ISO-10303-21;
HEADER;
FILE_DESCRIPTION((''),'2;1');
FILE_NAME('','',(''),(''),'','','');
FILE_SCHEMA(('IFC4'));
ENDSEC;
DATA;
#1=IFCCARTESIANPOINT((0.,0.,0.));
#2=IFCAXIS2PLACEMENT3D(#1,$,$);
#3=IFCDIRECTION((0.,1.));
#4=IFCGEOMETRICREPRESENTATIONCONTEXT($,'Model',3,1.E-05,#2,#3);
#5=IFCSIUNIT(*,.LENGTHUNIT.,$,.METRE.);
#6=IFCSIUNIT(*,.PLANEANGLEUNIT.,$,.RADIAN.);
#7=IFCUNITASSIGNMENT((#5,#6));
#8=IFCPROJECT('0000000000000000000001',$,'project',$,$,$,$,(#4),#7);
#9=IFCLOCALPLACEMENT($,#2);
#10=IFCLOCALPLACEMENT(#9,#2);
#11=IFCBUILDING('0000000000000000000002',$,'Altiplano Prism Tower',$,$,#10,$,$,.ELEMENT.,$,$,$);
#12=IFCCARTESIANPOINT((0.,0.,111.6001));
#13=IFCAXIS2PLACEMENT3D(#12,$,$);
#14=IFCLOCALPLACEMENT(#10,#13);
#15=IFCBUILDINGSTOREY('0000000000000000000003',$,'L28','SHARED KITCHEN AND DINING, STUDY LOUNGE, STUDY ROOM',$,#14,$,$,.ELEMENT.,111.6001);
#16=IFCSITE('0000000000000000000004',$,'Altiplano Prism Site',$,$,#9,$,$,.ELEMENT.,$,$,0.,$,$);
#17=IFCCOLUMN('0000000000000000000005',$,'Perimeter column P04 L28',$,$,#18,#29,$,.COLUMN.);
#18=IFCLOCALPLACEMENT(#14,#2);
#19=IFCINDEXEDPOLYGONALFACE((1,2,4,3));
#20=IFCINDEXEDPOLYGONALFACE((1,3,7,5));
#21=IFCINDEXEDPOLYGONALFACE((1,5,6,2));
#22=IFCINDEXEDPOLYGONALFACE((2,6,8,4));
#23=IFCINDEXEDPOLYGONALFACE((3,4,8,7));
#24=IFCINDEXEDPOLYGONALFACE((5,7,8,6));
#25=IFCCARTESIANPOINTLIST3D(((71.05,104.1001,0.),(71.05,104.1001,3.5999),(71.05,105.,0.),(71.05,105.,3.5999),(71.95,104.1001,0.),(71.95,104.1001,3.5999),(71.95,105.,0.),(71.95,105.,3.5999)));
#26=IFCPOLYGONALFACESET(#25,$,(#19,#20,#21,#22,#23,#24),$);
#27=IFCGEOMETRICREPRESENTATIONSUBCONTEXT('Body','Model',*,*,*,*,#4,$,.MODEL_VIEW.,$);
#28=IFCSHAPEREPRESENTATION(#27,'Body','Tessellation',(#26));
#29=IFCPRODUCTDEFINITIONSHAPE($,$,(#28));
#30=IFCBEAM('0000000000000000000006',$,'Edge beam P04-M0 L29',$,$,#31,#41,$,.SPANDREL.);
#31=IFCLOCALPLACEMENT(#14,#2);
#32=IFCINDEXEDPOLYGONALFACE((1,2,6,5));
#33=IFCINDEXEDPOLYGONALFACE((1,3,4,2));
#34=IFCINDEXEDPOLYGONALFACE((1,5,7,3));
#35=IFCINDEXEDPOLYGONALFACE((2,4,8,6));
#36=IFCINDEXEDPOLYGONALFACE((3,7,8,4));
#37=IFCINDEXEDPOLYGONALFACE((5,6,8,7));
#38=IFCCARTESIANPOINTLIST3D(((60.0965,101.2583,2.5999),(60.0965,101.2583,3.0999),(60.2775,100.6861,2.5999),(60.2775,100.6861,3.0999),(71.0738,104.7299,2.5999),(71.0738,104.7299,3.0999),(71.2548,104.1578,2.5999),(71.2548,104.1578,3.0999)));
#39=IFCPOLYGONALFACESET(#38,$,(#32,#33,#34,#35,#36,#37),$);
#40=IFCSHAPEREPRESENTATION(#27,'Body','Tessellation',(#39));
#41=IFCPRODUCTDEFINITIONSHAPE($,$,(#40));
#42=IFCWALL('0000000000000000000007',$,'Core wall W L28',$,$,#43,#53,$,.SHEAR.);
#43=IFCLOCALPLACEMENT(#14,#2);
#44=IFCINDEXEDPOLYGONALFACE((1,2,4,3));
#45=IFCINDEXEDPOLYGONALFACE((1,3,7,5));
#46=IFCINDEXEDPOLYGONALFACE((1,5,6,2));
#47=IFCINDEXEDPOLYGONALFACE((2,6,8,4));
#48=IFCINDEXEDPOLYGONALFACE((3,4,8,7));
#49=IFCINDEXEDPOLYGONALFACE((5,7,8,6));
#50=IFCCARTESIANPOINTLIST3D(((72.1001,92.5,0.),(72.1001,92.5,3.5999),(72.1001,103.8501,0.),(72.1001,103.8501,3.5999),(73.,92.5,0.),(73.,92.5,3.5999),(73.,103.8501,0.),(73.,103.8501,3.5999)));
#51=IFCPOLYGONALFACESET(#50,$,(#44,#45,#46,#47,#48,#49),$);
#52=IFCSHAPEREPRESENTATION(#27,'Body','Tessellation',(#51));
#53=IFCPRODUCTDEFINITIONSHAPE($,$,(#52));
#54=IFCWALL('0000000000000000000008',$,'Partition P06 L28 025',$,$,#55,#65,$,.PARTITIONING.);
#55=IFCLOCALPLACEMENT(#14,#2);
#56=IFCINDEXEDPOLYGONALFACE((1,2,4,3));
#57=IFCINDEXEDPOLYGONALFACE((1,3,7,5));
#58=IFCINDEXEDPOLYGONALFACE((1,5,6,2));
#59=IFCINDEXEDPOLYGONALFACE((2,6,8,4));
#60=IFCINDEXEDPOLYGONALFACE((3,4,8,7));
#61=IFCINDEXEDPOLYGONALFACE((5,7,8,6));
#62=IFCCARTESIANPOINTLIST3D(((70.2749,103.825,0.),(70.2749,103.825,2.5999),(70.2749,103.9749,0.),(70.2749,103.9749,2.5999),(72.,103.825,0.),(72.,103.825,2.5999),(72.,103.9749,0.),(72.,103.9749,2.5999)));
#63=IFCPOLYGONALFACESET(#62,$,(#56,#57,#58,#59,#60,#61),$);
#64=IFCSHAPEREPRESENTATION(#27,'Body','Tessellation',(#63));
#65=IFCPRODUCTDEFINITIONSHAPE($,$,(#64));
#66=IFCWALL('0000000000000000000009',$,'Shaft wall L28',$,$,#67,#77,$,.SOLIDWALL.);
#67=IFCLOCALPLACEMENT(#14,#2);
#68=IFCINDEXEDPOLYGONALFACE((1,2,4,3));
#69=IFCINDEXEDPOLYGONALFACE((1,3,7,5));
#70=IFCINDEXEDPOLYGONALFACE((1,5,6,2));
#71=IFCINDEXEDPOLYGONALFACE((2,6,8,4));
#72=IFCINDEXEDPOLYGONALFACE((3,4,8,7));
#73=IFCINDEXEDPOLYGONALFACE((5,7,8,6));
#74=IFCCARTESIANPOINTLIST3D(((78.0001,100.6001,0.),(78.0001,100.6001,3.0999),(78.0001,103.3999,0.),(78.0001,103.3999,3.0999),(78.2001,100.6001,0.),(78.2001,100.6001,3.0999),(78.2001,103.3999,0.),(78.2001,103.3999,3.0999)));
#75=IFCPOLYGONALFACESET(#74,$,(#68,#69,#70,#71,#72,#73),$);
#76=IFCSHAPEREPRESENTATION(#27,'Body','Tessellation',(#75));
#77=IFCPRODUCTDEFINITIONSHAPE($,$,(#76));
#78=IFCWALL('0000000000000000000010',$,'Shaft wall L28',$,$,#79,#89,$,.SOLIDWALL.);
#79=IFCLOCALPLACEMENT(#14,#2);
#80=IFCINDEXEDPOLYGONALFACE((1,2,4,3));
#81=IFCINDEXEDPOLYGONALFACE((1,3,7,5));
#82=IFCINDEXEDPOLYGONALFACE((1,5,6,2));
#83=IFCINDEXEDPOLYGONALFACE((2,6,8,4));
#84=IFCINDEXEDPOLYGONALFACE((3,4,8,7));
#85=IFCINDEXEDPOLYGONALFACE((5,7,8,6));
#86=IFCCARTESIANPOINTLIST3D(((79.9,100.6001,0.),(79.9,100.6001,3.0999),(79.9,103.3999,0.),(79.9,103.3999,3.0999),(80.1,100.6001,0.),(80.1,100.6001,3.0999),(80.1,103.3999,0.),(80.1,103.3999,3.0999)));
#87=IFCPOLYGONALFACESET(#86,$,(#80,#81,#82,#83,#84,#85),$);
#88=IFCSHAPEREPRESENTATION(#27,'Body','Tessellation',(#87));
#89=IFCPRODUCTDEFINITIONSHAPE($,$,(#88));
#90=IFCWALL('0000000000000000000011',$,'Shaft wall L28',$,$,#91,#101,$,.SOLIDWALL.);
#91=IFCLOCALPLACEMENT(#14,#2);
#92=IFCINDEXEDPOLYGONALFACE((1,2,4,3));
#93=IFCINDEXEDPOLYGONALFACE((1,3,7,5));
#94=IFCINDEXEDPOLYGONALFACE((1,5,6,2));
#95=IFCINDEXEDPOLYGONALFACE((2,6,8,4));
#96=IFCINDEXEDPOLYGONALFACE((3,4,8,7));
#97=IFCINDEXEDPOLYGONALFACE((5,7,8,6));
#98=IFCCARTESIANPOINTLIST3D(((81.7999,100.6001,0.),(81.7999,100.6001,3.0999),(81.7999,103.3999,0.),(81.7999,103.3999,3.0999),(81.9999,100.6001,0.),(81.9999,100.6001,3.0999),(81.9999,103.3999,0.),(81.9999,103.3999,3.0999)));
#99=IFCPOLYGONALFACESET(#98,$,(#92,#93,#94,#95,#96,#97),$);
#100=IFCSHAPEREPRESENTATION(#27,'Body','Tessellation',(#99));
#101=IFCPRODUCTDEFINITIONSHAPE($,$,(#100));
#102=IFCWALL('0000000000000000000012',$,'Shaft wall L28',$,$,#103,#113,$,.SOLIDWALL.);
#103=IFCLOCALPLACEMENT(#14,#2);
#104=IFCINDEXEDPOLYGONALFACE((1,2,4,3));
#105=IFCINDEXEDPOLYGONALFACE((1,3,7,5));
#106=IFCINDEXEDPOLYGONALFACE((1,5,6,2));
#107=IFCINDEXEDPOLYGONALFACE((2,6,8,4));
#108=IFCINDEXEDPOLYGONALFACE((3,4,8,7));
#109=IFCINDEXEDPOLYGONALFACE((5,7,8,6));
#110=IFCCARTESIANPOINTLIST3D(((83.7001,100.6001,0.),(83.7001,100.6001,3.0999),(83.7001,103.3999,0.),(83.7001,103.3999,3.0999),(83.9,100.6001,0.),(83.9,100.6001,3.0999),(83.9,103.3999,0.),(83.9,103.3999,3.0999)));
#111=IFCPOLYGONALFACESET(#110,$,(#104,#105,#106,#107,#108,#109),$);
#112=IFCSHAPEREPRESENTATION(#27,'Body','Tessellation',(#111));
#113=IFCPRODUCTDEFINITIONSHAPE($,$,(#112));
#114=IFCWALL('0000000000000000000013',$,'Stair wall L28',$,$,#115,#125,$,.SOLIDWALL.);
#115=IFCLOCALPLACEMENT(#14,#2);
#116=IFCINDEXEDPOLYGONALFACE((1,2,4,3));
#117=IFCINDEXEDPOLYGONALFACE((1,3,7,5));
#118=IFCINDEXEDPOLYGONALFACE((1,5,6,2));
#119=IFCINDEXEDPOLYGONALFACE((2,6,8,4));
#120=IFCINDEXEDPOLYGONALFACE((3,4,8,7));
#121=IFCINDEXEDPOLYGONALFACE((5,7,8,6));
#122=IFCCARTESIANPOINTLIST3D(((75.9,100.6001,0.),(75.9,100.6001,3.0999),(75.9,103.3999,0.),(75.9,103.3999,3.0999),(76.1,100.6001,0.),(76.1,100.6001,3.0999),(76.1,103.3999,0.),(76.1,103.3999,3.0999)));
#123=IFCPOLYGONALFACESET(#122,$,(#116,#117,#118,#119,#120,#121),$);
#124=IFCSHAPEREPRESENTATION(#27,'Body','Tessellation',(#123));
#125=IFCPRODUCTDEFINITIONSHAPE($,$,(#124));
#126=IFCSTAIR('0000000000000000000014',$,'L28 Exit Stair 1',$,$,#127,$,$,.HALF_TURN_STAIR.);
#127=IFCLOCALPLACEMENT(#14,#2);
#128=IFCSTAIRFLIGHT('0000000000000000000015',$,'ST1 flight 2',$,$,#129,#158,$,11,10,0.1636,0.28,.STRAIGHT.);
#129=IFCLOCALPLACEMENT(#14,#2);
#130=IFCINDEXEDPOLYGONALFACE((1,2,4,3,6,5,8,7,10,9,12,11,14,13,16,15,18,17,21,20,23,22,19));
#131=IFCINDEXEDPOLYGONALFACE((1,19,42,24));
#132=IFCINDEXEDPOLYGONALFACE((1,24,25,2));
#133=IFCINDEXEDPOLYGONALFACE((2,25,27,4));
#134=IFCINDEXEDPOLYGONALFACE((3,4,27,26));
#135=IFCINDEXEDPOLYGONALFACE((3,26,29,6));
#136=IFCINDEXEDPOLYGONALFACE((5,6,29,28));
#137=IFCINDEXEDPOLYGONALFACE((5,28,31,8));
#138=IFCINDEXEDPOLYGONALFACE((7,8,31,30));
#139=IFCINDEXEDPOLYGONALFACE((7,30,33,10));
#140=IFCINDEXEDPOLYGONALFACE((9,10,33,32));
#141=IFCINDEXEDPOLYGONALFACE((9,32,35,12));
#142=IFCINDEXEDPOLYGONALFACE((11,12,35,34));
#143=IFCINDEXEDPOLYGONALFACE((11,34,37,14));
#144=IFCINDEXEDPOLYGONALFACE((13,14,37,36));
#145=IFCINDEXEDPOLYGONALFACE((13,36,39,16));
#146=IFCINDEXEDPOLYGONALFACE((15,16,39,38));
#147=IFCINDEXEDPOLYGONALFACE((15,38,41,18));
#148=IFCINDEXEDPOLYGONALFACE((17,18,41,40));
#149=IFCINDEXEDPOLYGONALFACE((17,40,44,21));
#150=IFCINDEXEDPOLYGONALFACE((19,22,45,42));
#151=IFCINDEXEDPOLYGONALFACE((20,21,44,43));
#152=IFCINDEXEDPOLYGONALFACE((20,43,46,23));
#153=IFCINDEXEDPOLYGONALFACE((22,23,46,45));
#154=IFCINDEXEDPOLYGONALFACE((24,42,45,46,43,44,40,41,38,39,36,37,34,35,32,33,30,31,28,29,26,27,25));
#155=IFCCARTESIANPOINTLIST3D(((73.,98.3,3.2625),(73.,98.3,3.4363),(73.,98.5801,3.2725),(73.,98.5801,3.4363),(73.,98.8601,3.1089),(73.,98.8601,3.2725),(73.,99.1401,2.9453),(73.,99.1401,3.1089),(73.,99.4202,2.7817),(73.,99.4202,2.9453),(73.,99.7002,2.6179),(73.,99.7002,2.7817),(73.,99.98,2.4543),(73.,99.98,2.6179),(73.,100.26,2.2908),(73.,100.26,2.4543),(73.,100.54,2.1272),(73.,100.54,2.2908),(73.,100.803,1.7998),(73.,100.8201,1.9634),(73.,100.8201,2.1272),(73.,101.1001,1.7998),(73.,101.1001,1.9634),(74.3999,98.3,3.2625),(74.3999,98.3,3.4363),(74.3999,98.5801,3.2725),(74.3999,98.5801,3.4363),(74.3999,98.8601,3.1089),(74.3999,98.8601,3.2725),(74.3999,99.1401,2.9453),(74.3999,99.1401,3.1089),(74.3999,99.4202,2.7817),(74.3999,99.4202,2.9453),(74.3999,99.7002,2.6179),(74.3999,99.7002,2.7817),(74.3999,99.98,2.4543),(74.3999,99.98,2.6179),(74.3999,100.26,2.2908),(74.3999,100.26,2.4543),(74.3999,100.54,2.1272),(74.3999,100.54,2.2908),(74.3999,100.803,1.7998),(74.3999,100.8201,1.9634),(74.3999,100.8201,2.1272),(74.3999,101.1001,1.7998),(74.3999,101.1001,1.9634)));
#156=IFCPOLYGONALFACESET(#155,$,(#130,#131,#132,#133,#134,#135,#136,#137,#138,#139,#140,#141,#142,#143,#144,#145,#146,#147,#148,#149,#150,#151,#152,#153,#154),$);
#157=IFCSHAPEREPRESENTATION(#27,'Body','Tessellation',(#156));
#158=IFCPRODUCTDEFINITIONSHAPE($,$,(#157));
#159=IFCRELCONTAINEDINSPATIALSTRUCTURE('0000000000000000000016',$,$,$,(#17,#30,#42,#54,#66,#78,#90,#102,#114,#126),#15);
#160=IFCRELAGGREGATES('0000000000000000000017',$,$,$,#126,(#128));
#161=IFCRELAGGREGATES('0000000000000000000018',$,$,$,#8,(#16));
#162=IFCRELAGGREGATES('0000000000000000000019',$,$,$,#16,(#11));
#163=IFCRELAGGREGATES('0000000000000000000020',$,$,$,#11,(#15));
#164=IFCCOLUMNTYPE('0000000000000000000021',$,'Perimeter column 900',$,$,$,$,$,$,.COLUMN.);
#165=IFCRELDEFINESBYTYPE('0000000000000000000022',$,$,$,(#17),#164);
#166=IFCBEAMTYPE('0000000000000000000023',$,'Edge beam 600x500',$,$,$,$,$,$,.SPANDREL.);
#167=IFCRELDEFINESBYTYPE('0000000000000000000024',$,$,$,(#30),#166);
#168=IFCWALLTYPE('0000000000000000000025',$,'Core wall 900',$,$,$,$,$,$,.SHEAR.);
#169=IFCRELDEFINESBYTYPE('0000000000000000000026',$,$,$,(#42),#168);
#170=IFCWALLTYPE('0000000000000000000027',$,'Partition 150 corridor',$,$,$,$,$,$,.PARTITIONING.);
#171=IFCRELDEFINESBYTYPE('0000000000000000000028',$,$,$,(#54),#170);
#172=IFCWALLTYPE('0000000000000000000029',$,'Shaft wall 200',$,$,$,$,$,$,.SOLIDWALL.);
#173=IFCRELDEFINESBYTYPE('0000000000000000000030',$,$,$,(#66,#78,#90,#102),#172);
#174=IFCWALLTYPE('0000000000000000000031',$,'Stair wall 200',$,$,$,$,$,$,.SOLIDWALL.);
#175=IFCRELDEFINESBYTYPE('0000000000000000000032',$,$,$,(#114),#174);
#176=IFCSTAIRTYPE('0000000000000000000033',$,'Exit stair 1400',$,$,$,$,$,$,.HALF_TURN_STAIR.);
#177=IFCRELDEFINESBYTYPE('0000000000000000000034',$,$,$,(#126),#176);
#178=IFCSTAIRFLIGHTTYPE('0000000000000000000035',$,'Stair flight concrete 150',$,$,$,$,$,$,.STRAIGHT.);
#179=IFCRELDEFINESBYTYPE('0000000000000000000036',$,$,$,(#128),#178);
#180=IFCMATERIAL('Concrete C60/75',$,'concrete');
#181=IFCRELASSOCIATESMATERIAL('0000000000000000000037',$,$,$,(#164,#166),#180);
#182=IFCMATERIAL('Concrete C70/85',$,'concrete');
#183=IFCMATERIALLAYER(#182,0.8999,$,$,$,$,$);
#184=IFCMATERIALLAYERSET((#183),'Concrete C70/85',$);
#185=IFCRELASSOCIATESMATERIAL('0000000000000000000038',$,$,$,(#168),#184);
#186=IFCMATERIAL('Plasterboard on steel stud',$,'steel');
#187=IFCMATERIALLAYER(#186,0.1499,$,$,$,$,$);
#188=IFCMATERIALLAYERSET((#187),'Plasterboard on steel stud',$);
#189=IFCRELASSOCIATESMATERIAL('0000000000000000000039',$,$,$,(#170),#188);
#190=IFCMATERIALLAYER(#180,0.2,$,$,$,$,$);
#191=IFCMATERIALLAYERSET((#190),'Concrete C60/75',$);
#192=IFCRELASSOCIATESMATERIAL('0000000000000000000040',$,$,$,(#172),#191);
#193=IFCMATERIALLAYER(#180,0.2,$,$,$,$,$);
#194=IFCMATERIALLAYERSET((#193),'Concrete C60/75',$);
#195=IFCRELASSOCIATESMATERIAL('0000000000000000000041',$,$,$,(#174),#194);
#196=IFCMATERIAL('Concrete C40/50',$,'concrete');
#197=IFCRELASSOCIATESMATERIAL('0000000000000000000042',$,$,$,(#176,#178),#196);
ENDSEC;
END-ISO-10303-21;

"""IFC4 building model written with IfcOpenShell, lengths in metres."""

from ifc_helpers import new_model, si_unit, direction, frame, frame_2d, origin, origin_2d, place, context, subcontext, project, spatial, polyline, rectangle, outline, extrude, material, layer, layer_set, material_profile, profile_set, type_object, element, aggregate, save


model = new_model("IFC4")

# Units and contexts
model_context = context("Model", 3, precision=1e-05, world=origin(), true_north=direction((0.0, 1.0)))
body_context = subcontext(model_context, "Body", "Model", "MODEL_VIEW")
ifc_project = project(units=[si_unit("LENGTHUNIT", "METRE"), si_unit("PLANEANGLEUNIT", "RADIAN")], contexts=[model_context])

# Site, building, storey
site_placement = place(None, origin())
site = spatial("IfcSite", under=ifc_project, at=site_placement, Name="Altiplano Prism Site", CompositionType="ELEMENT", RefElevation=0.0)
building_placement = place(site_placement, origin())
building = spatial("IfcBuilding", under=site, at=building_placement, Name="Altiplano Prism Tower", CompositionType="ELEMENT")
storey_placement = place(building_placement, frame((0.0, 0.0, 111.6001)))
storey = spatial("IfcBuildingStorey", under=building, at=storey_placement, Name="L28", Description="SHARED KITCHEN AND DINING, STUDY LOUNGE, STUDY ROOM", CompositionType="ELEMENT", Elevation=111.6001)

# Column
ifc_material_1 = material(Name="Concrete C60/75", Category="concrete")
ifc_material_profile_1 = material_profile(ifc_material_1, rectangle(XDim=0.8999, YDim=0.8999, at=origin_2d()), Name="Perimeter column 900")
ifc_profile_set_1 = profile_set([ifc_material_profile_1], Name="Concrete C60/75")
column_type = type_object("IfcColumnType", Name="Perimeter column 900", PredefinedType="COLUMN", material=ifc_profile_set_1)
column_placement = place(storey_placement, frame((71.5, 104.55, 0.0), z_axis=(0.0, 0.0, 1.0), x_axis=(1.0, 0.0, 0.0)))
element("IfcColumn", 1, at=column_placement, inside=storey, type_object=column_type, Name="Perimeter column P04 L28", PredefinedType="COLUMN", context=body_context, shape_type="SweptSolid", body=[
    extrude(rectangle(XDim=0.8999, YDim=0.8999, at=origin_2d()), origin(), (0.0, 0.0, 1.0), 3.5999),
])

# Beam
ifc_material_profile_2 = material_profile(ifc_material_1, rectangle(XDim=0.6001, YDim=0.5, at=origin_2d()), Name="Edge beam 600x500")
ifc_profile_set_2 = profile_set([ifc_material_profile_2], Name="Concrete C60/75")
beam_type = type_object("IfcBeamType", Name="Edge beam 600x500", PredefinedType="SPANDREL", material=ifc_profile_set_2)
beam_placement = place(storey_placement, frame((71.1643, 104.4438, 2.8499), z_axis=(-0.953454, -0.301539, 0.0), x_axis=(0.301539, -0.953454, 0.0)))
element("IfcBeam", 2, at=beam_placement, inside=storey, type_object=beam_type, Name="Edge beam P04-M0 L29", PredefinedType="SPANDREL", context=body_context, shape_type="SweptSolid", body=[
    extrude(rectangle(XDim=0.6001, YDim=0.5, at=origin_2d()), origin(), (0.0, 0.0, 1.0), 11.5132),
])

# Walls
ifc_material_2 = material(Name="Concrete C70/85", Category="concrete")
ifc_layer_1 = layer(ifc_material_2, 0.8999)
ifc_layer_set_1 = layer_set([ifc_layer_1], Name="Concrete C70/85")
wall_type_1 = type_object("IfcWallType", Name="Core wall 900", PredefinedType="SHEAR", material=ifc_layer_set_1)
wall_1_placement = place(storey_placement, frame((72.55, 103.8501, 0.0), z_axis=(0.0, 0.0, 1.0), x_axis=(0.0, -1.0, 0.0)))
element("IfcWall", 3, at=wall_1_placement, inside=storey, type_object=wall_type_1, Name="Core wall W L28", PredefinedType="SHEAR", context=body_context, shape_type="SweptSolid", body=[
    extrude(rectangle(XDim=11.3501, YDim=0.8999, at=frame_2d((5.675, 0.0))), origin(), (0.0, 0.0, 1.0), 3.5999),
])
ifc_material_3 = material(Name="Plasterboard on steel stud", Category="steel")
ifc_layer_2 = layer(ifc_material_3, 0.1499)
ifc_layer_set_2 = layer_set([ifc_layer_2], Name="Plasterboard on steel stud")
wall_type_2 = type_object("IfcWallType", Name="Partition 150 corridor", PredefinedType="PARTITIONING", material=ifc_layer_set_2)
wall_2_placement = place(storey_placement, frame((72.0, 103.8999, 0.0), z_axis=(0.0, 0.0, 1.0), x_axis=(-1.0, 0.0, 0.0)))
element("IfcWall", 4, at=wall_2_placement, inside=storey, type_object=wall_type_2, Name="Partition P06 L28 025", PredefinedType="PARTITIONING", context=body_context, shape_type="SweptSolid", body=[
    extrude(rectangle(XDim=1.7251, YDim=0.1499, at=frame_2d((0.8625, 0.0))), origin(), (0.0, 0.0, 1.0), 2.5999),
])
ifc_layer_3 = layer(ifc_material_1, 0.2)
ifc_layer_set_3 = layer_set([ifc_layer_3], Name="Concrete C60/75")
wall_type_3 = type_object("IfcWallType", Name="Shaft wall 200", PredefinedType="SOLIDWALL", material=ifc_layer_set_3)
for number, where, z_axis, x_axis, name in (
    (5, (78.1001, 100.6001, 0.0), (0.0, 0.0, 1.0), (0.0, 1.0, 0.0), "Shaft wall L28"),
    (6, (80.0, 100.6001, 0.0), (0.0, 0.0, 1.0), (0.0, 1.0, 0.0), "Shaft wall L28"),
    (7, (81.8999, 100.6001, 0.0), (0.0, 0.0, 1.0), (0.0, 1.0, 0.0), "Shaft wall L28"),
    (8, (83.8, 100.6001, 0.0), (0.0, 0.0, 1.0), (0.0, 1.0, 0.0), "Shaft wall L28"),
):
    element("IfcWall", number, at=place(storey_placement, frame(where, z_axis=z_axis, x_axis=x_axis)), inside=storey, type_object=wall_type_3, Name=name, PredefinedType="SOLIDWALL", context=body_context, shape_type="SweptSolid", body=[
        extrude(rectangle(XDim=2.7998, YDim=0.2, at=frame_2d((1.3999, 0.0))), origin(), (0.0, 0.0, 1.0), 3.0999),
    ])

# Shared definitions
ifc_layer_4 = layer(ifc_material_1, 0.2)
ifc_layer_set_4 = layer_set([ifc_layer_4], Name="Concrete C60/75")
wall_type_4 = type_object("IfcWallType", Name="Stair wall 200", PredefinedType="SOLIDWALL", material=ifc_layer_set_4)

# Wall
wall_3_placement = place(storey_placement, frame((76.0, 100.6001, 0.0), z_axis=(0.0, 0.0, 1.0), x_axis=(0.0, 1.0, 0.0)))
element("IfcWall", 9, at=wall_3_placement, inside=storey, type_object=wall_type_4, Name="Stair wall L28", PredefinedType="SOLIDWALL", context=body_context, shape_type="SweptSolid", body=[
    extrude(rectangle(XDim=2.7998, YDim=0.2, at=frame_2d((1.3999, 0.0))), origin(), (0.0, 0.0, 1.0), 3.0999),
])

# Stair, stair flight
ifc_material_4 = material(Name="Concrete C40/50", Category="concrete")
stair_type = type_object("IfcStairType", Name="Exit stair 1400", PredefinedType="HALF_TURN_STAIR", material=ifc_material_4)
stair_placement = place(storey_placement, origin())
stair = element("IfcStair", 10, at=stair_placement, inside=storey, type_object=stair_type, Name="L28 Exit Stair 1", PredefinedType="HALF_TURN_STAIR")
stair_flight_type = type_object("IfcStairFlightType", Name="Stair flight concrete 150", PredefinedType="STRAIGHT", material=ifc_material_4)
stair_flight_placement = place(storey_placement, frame((73.7, 101.1001, 1.7998), z_axis=(0.0, 0.0, 1.0), x_axis=(0.0, -1.0, 0.0)))
stair_flight = element("IfcStairFlight", 11, at=stair_flight_placement, type_object=stair_flight_type, Name="ST1 flight 2", NumberOfRisers=11, NumberOfTreads=10, PredefinedType="STRAIGHT", RiserHeight=0.1636, TreadLength=0.28, context=body_context, shape_type="SweptSolid", body=[
    extrude(outline(polyline([(0.0, 0.0), (0.0, 0.1636), (0.28, 0.1636), (0.28, 0.3274), (0.5601, 0.3274), (0.5601, 0.491), (0.8401, 0.491), (0.8401, 0.6545), (1.1201, 0.6545), (1.1201, 0.8181), (1.3999, 0.8181), (1.3999, 0.9819), (1.6799, 0.9819), (1.6799, 1.1455), (1.96, 1.1455), (1.96, 1.3091), (2.24, 1.3091), (2.24, 1.4727), (2.52, 1.4727), (2.52, 1.6365), (2.8, 1.6365), (2.8, 1.8), (2.8, 1.4626), (0.2971, 0.0), (0.0, 0.0)])), frame((0.0, 0.7, 0.0), z_axis=(0.0, -1.0, 0.0), x_axis=(1.0, 0.0, 0.0)), (0.0, 0.0, 1.0), 1.3999),
])
aggregate(stair, [stair_flight])

save(model, "model.ifc")
